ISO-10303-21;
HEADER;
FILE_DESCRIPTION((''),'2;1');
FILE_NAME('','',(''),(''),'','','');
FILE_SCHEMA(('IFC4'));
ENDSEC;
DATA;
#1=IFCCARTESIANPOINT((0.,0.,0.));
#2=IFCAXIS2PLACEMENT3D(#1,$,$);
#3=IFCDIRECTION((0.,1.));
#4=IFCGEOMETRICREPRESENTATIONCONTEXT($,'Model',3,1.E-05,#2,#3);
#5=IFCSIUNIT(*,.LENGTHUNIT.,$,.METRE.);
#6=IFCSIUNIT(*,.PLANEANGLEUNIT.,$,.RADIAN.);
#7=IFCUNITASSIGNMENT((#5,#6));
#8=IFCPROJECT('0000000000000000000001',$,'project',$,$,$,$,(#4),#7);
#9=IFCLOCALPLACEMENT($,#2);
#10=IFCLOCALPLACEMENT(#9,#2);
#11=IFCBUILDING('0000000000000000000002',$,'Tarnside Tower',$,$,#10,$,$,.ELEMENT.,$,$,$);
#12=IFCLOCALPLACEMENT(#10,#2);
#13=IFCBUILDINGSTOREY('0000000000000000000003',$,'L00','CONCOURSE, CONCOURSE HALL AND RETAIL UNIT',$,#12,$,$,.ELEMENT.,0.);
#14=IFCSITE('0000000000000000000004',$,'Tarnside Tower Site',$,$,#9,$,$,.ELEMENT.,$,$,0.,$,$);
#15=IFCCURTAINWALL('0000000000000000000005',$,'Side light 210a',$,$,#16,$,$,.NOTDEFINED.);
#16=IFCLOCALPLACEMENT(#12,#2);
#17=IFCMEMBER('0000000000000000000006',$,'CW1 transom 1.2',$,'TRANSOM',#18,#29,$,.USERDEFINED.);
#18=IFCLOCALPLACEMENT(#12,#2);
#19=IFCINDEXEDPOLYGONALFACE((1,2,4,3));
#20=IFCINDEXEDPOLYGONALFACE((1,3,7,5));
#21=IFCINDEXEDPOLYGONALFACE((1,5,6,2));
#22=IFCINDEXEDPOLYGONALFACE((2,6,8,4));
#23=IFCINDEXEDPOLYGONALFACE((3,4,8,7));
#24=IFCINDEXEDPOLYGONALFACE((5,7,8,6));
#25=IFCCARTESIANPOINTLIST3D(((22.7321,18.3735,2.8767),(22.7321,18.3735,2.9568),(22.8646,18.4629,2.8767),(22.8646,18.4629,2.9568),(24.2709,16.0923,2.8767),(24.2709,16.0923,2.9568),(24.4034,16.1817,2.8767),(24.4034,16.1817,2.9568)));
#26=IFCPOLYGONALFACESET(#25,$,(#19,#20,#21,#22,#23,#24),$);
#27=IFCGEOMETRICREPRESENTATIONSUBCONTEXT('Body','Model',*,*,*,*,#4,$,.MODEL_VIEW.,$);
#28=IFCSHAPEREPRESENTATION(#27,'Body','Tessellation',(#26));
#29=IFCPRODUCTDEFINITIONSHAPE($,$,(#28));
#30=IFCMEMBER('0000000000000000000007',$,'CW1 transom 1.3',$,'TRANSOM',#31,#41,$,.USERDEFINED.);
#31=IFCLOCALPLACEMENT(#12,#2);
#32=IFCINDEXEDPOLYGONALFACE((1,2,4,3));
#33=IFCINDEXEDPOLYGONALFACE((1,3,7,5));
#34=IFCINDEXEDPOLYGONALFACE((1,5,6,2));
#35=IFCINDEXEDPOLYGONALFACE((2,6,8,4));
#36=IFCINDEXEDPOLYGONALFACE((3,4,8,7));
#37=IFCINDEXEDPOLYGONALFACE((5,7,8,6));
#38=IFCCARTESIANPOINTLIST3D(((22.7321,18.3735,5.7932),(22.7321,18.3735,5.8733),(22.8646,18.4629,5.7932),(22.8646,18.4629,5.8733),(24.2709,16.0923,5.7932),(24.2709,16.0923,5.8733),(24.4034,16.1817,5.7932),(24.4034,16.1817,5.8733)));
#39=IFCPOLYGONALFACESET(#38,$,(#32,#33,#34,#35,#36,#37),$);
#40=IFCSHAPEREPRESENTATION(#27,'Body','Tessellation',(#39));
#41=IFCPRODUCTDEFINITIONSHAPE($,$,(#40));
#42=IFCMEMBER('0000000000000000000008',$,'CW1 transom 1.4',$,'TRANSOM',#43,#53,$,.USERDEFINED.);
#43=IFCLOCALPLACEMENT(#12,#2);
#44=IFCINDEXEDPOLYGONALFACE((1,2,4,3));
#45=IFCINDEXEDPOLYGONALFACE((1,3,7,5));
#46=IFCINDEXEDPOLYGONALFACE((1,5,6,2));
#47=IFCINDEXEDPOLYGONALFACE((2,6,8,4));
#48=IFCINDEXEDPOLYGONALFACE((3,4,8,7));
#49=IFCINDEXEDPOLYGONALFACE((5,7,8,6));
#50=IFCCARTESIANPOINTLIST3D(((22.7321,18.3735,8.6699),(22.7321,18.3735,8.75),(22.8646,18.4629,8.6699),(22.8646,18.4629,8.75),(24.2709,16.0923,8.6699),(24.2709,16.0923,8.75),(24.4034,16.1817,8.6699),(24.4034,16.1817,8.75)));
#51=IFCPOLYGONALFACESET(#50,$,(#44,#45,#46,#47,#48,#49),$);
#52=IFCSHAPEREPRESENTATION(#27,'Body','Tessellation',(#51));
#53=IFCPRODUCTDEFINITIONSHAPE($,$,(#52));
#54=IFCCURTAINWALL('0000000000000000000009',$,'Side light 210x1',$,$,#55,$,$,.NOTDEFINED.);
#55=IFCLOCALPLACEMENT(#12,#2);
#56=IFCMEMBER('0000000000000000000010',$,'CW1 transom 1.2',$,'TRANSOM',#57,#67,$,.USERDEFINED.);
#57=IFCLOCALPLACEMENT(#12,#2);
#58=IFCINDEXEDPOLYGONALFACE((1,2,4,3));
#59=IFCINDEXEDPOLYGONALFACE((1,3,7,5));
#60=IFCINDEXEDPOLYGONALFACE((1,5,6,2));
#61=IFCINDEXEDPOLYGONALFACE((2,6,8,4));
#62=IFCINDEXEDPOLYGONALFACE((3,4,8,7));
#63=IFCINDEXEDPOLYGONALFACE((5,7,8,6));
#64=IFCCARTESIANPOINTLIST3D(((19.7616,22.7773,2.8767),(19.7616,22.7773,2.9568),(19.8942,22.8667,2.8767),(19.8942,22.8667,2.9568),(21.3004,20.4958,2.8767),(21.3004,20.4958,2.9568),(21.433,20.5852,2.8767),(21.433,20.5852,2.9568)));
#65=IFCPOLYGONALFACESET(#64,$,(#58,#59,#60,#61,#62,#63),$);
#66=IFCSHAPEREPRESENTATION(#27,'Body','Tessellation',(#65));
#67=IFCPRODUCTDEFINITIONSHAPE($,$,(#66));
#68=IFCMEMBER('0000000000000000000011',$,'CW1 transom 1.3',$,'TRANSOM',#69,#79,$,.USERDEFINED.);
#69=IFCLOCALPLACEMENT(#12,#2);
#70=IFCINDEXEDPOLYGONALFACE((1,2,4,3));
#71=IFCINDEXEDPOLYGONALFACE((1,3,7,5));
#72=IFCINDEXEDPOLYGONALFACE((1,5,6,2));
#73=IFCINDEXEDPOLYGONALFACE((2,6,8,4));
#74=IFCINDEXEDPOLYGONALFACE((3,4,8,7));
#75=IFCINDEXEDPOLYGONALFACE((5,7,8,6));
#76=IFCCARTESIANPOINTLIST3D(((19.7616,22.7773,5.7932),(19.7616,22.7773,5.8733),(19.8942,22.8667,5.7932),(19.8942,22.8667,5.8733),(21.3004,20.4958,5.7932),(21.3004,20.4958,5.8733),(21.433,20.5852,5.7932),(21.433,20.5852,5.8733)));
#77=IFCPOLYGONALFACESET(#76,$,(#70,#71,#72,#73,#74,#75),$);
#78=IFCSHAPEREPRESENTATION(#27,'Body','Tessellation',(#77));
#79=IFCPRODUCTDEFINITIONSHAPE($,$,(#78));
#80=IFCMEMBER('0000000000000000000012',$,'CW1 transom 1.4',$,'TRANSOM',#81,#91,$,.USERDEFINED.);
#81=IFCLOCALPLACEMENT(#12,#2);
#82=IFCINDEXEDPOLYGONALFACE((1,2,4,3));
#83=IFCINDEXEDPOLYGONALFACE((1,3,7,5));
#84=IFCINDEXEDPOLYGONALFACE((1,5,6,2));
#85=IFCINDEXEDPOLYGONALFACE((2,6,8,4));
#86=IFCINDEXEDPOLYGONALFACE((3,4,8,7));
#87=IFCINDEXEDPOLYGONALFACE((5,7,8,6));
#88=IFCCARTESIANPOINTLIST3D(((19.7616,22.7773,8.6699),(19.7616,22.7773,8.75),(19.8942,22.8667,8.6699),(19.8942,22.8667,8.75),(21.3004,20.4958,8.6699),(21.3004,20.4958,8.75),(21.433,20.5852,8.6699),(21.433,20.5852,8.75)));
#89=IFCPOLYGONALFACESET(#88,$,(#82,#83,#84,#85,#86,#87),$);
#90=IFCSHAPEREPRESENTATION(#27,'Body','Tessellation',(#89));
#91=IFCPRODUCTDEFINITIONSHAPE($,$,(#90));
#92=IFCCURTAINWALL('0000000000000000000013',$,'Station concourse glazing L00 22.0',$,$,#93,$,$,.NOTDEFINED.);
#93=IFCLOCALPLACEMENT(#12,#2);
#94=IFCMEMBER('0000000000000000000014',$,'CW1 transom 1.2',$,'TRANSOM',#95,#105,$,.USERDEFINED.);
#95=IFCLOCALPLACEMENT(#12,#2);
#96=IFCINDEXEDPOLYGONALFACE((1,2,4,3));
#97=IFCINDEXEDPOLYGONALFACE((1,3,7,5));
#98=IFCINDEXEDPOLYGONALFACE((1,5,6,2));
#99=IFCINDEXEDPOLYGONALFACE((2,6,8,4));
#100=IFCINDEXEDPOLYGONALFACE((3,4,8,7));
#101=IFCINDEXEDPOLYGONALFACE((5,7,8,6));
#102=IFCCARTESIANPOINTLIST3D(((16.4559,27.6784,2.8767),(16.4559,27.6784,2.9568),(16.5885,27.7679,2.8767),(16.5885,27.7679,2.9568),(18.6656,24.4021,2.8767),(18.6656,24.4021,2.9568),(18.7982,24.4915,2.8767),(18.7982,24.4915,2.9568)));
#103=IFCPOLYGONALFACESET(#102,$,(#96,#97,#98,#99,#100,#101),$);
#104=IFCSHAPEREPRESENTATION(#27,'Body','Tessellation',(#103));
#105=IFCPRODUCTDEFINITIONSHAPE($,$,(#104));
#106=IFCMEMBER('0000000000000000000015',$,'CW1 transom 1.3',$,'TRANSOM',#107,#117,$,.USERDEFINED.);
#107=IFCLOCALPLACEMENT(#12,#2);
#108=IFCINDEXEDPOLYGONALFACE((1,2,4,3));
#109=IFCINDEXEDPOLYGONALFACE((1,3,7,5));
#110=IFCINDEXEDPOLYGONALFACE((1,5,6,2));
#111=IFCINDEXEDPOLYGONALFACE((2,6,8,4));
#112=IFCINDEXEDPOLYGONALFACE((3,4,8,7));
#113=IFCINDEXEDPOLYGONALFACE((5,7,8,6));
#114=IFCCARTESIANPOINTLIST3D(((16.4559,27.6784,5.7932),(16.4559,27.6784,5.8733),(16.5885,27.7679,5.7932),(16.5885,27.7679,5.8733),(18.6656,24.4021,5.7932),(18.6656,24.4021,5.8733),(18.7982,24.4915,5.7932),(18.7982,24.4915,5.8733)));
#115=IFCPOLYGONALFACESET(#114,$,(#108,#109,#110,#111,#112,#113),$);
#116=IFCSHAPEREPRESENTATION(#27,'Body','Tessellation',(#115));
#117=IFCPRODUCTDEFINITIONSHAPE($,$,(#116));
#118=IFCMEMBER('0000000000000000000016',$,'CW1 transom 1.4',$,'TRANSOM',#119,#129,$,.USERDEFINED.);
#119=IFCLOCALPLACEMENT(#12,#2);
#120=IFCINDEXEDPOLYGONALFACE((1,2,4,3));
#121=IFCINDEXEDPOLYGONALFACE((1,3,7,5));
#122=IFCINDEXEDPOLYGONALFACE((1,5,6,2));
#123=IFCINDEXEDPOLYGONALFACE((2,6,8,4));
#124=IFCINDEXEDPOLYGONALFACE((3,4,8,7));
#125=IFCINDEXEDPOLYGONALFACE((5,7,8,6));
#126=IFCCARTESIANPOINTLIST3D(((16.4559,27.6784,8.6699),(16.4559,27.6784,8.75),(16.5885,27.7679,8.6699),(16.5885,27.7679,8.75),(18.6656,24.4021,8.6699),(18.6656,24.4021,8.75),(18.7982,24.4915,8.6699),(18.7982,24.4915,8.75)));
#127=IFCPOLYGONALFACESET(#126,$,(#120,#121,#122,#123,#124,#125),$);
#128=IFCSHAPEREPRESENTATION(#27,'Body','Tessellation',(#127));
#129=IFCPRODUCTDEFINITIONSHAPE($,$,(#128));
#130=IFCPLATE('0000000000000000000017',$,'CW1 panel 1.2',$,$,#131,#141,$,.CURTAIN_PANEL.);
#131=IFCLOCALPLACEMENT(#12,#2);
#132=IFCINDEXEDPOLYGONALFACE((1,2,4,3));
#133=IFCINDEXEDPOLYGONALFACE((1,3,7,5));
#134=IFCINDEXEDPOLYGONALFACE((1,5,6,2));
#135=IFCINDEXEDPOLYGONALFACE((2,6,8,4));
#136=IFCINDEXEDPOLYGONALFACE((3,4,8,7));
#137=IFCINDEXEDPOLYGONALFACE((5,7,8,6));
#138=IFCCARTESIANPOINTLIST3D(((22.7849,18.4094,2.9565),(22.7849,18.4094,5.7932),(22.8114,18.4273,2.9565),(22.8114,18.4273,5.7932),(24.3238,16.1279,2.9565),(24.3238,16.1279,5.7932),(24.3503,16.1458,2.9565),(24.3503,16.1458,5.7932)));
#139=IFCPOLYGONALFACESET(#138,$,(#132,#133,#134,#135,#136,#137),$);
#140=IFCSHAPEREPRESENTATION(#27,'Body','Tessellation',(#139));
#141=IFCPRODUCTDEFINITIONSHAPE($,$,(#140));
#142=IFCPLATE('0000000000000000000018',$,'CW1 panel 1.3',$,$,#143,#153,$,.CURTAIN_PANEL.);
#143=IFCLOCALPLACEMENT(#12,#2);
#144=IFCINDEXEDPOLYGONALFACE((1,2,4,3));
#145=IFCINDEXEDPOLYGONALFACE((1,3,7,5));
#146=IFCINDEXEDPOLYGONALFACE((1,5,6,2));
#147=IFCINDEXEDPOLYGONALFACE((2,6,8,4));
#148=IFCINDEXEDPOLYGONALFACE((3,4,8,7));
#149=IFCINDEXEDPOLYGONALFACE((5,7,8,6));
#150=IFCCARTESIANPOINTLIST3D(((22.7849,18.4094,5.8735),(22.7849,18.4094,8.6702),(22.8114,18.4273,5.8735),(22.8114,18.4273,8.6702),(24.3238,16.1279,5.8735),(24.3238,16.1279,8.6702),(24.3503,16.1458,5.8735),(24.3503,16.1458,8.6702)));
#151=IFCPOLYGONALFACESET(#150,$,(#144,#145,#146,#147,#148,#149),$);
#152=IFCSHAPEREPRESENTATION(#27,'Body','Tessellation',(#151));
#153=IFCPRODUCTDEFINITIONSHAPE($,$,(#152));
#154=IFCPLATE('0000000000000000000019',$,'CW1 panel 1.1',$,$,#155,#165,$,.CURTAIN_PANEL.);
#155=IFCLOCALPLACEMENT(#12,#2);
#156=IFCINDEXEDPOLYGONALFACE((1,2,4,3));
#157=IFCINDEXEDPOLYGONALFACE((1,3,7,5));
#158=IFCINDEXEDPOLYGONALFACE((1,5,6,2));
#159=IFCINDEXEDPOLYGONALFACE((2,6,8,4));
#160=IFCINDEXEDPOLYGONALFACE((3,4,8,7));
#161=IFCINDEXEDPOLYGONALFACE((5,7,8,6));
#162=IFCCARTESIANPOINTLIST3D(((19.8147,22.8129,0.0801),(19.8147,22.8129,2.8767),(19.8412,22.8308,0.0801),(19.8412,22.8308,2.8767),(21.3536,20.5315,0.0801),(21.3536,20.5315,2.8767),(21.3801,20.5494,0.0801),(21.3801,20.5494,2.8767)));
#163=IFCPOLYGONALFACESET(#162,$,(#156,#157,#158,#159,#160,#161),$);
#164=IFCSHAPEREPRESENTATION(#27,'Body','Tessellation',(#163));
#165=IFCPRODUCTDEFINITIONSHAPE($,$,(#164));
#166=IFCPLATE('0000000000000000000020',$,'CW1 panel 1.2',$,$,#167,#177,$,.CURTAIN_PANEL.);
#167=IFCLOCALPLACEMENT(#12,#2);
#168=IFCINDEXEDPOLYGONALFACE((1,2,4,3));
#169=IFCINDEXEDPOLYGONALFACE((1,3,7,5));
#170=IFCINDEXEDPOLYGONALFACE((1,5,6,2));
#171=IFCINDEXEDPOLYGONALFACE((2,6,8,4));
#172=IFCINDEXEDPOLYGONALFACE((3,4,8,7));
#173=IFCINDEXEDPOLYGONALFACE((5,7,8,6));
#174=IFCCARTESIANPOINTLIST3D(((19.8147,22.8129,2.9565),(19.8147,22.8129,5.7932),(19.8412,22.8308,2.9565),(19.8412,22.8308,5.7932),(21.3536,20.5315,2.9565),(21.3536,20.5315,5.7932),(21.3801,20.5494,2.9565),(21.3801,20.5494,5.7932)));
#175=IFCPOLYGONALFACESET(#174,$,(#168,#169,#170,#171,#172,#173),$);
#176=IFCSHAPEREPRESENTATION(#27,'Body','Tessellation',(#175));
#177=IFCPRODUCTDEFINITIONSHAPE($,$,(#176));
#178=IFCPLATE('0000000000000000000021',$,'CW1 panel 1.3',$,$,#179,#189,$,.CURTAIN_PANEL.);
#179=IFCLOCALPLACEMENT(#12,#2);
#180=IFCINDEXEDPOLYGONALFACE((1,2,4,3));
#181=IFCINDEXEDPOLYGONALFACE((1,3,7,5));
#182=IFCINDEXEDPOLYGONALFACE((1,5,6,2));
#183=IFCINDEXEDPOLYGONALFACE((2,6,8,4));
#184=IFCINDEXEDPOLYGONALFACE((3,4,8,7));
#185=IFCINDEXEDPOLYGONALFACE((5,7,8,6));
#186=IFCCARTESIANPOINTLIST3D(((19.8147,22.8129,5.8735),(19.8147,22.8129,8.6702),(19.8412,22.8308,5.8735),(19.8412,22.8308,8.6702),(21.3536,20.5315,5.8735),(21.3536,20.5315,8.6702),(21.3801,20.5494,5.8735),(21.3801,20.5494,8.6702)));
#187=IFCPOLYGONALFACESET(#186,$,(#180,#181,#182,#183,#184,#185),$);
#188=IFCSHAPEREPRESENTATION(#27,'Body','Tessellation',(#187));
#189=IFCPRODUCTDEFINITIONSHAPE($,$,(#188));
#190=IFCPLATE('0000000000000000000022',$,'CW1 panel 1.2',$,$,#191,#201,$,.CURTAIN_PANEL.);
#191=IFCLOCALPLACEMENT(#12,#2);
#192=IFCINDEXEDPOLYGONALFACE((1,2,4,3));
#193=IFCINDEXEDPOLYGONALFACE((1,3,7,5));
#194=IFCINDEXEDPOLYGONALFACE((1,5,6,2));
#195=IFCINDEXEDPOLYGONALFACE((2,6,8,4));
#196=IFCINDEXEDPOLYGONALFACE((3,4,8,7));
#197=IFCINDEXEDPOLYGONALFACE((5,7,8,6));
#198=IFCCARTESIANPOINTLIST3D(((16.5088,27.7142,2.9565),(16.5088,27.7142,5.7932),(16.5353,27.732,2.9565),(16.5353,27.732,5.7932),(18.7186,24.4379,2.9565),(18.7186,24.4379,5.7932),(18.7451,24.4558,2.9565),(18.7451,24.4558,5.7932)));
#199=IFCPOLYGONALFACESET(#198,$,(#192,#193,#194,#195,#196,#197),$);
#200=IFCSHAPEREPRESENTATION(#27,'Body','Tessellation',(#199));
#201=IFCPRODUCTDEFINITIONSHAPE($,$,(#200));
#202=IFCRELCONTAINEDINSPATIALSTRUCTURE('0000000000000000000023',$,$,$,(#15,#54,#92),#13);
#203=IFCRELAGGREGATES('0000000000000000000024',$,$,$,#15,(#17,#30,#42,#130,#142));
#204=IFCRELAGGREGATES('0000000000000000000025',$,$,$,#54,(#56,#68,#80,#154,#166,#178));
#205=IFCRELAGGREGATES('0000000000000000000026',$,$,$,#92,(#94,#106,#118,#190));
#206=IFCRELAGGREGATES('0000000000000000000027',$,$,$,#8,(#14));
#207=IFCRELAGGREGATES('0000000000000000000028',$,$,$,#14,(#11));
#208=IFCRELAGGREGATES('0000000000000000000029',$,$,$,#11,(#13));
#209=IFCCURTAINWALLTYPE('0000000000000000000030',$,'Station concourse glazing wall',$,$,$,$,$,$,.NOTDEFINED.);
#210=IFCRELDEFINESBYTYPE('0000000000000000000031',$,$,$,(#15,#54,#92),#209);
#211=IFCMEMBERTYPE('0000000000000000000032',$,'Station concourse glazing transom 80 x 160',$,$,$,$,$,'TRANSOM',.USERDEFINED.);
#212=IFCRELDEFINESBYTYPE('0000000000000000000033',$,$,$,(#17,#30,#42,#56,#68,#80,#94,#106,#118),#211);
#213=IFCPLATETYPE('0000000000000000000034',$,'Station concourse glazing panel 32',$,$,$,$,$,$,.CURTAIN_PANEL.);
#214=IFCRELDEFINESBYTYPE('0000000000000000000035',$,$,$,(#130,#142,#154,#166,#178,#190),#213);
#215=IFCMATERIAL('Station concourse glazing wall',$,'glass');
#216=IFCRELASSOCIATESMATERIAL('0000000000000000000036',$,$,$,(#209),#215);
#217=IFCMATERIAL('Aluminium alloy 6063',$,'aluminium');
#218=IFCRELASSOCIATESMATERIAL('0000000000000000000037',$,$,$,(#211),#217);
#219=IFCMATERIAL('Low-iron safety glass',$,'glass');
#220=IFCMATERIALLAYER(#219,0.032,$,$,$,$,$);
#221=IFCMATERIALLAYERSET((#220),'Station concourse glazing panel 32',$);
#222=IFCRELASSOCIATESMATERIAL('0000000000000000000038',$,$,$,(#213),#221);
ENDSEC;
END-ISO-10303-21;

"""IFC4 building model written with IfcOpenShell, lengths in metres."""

from ifc_helpers import new_model, si_unit, direction, frame, origin, origin_2d, place, context, subcontext, project, spatial, rectangle, extrude, material, layer, layer_set, material_profile, profile_set, type_object, element, aggregate, save


model = new_model("IFC4")

# Units and contexts
model_context = context("Model", 3, precision=1e-05, world=origin(), true_north=direction((0.0, 1.0)))
body_context = subcontext(model_context, "Body", "Model", "MODEL_VIEW")
ifc_project = project(units=[si_unit("LENGTHUNIT", "METRE"), si_unit("PLANEANGLEUNIT", "RADIAN")], contexts=[model_context])

# Site, building, storey
site_placement = place(None, origin())
site = spatial("IfcSite", under=ifc_project, at=site_placement, Name="Tarnside Tower Site", CompositionType="ELEMENT", RefElevation=0.0)
building_placement = place(site_placement, origin())
building = spatial("IfcBuilding", under=site, at=building_placement, Name="Tarnside Tower", CompositionType="ELEMENT")
storey_placement = place(building_placement, origin())
storey = spatial("IfcBuildingStorey", under=building, at=storey_placement, Name="L00", Description="CONCOURSE, CONCOURSE HALL AND RETAIL UNIT", CompositionType="ELEMENT", Elevation=0.0)

# Curtain walls, members
ifc_material_1 = material(Name="Station concourse glazing wall", Category="glass")
curtain_wall_type = type_object("IfcCurtainWallType", Name="Station concourse glazing wall", PredefinedType="NOTDEFINED", material=ifc_material_1)
curtain_wall_1_placement = place(storey_placement, origin())
curtain_wall_1 = element("IfcCurtainWall", 1, at=curtain_wall_1_placement, inside=storey, type_object=curtain_wall_type, Name="Side light 210a", PredefinedType="NOTDEFINED")
ifc_material_2 = material(Name="Aluminium alloy 6063", Category="aluminium")
ifc_material_profile_1 = material_profile(ifc_material_2, rectangle(XDim=0.1599, YDim=0.0801, at=origin_2d()), Name="Station concourse glazing transom 80 x 160")
ifc_profile_set_1 = profile_set([ifc_material_profile_1], Name="Aluminium alloy 6063")
member_type = type_object("IfcMemberType", Name="Station concourse glazing transom 80 x 160", ElementType="TRANSOM", PredefinedType="USERDEFINED", material=ifc_profile_set_1)
member_1_placement = place(storey_placement, frame((24.3372, 16.137, 2.9167), z_axis=(-0.559217, 0.829021, 0.0), x_axis=(-0.829021, -0.559217, 0.0)))
member_1 = element("IfcMember", 2, at=member_1_placement, type_object=member_type, Name="CW1 transom 1.2", ObjectType="TRANSOM", PredefinedType="USERDEFINED", context=body_context, shape_type="SweptSolid", body=[
    extrude(rectangle(XDim=0.1599, YDim=0.0801, at=origin_2d()), origin(), (0.0, 0.0, 1.0), 2.7517),
])
member_2_placement = place(storey_placement, frame((24.3372, 16.137, 5.8333), z_axis=(-0.559217, 0.829021, 0.0), x_axis=(-0.829021, -0.559217, 0.0)))
member_2 = element("IfcMember", 3, at=member_2_placement, type_object=member_type, Name="CW1 transom 1.3", ObjectType="TRANSOM", PredefinedType="USERDEFINED", context=body_context, shape_type="SweptSolid", body=[
    extrude(rectangle(XDim=0.1599, YDim=0.0801, at=origin_2d()), origin(), (0.0, 0.0, 1.0), 2.7517),
])
member_3_placement = place(storey_placement, frame((24.3372, 16.137, 8.71), z_axis=(-0.559217, 0.829021, 0.0), x_axis=(-0.829021, -0.559217, 0.0)))
member_3 = element("IfcMember", 4, at=member_3_placement, type_object=member_type, Name="CW1 transom 1.4", ObjectType="TRANSOM", PredefinedType="USERDEFINED", context=body_context, shape_type="SweptSolid", body=[
    extrude(rectangle(XDim=0.1599, YDim=0.0801, at=origin_2d()), origin(), (0.0, 0.0, 1.0), 2.7517),
])
curtain_wall_2_placement = place(storey_placement, origin())
curtain_wall_2 = element("IfcCurtainWall", 5, at=curtain_wall_2_placement, inside=storey, type_object=curtain_wall_type, Name="Side light 210x1", PredefinedType="NOTDEFINED")
member_4_placement = place(storey_placement, frame((21.3667, 20.5405, 2.9167), z_axis=(-0.559176, 0.829049, 0.0), x_axis=(-0.829049, -0.559176, 0.0)))
member_4 = element("IfcMember", 6, at=member_4_placement, type_object=member_type, Name="CW1 transom 1.2", ObjectType="TRANSOM", PredefinedType="USERDEFINED", context=body_context, shape_type="SweptSolid", body=[
    extrude(rectangle(XDim=0.1599, YDim=0.0801, at=origin_2d()), origin(), (0.0, 0.0, 1.0), 2.752),
])
member_5_placement = place(storey_placement, frame((21.3667, 20.5405, 5.8333), z_axis=(-0.559176, 0.829049, 0.0), x_axis=(-0.829049, -0.559176, 0.0)))
member_5 = element("IfcMember", 7, at=member_5_placement, type_object=member_type, Name="CW1 transom 1.3", ObjectType="TRANSOM", PredefinedType="USERDEFINED", context=body_context, shape_type="SweptSolid", body=[
    extrude(rectangle(XDim=0.1599, YDim=0.0801, at=origin_2d()), origin(), (0.0, 0.0, 1.0), 2.752),
])
member_6_placement = place(storey_placement, frame((21.3667, 20.5405, 8.71), z_axis=(-0.559176, 0.829049, 0.0), x_axis=(-0.829049, -0.559176, 0.0)))
member_6 = element("IfcMember", 8, at=member_6_placement, type_object=member_type, Name="CW1 transom 1.4", ObjectType="TRANSOM", PredefinedType="USERDEFINED", context=body_context, shape_type="SweptSolid", body=[
    extrude(rectangle(XDim=0.1599, YDim=0.0801, at=origin_2d()), origin(), (0.0, 0.0, 1.0), 2.752),
])
curtain_wall_3_placement = place(storey_placement, origin())
curtain_wall_3 = element("IfcCurtainWall", 9, at=curtain_wall_3_placement, inside=storey, type_object=curtain_wall_type, Name="Station concourse glazing L00 22.0", PredefinedType="NOTDEFINED")
member_7_placement = place(storey_placement, frame((18.7319, 24.4468, 2.9167), z_axis=(-0.559155, 0.829063, 0.0), x_axis=(-0.829063, -0.559155, 0.0)))
member_7 = element("IfcMember", 10, at=member_7_placement, type_object=member_type, Name="CW1 transom 1.2", ObjectType="TRANSOM", PredefinedType="USERDEFINED", context=body_context, shape_type="SweptSolid", body=[
    extrude(rectangle(XDim=0.1599, YDim=0.0801, at=origin_2d()), origin(), (0.0, 0.0, 1.0), 3.9519),
])
member_8_placement = place(storey_placement, frame((18.7319, 24.4468, 5.8333), z_axis=(-0.559155, 0.829063, 0.0), x_axis=(-0.829063, -0.559155, 0.0)))
member_8 = element("IfcMember", 11, at=member_8_placement, type_object=member_type, Name="CW1 transom 1.3", ObjectType="TRANSOM", PredefinedType="USERDEFINED", context=body_context, shape_type="SweptSolid", body=[
    extrude(rectangle(XDim=0.1599, YDim=0.0801, at=origin_2d()), origin(), (0.0, 0.0, 1.0), 3.9519),
])
member_9_placement = place(storey_placement, frame((18.7319, 24.4468, 8.71), z_axis=(-0.559155, 0.829063, 0.0), x_axis=(-0.829063, -0.559155, 0.0)))
member_9 = element("IfcMember", 12, at=member_9_placement, type_object=member_type, Name="CW1 transom 1.4", ObjectType="TRANSOM", PredefinedType="USERDEFINED", context=body_context, shape_type="SweptSolid", body=[
    extrude(rectangle(XDim=0.1599, YDim=0.0801, at=origin_2d()), origin(), (0.0, 0.0, 1.0), 3.9519),
])

# Plates
ifc_material_3 = material(Name="Low-iron safety glass", Category="glass")
ifc_layer = layer(ifc_material_3, 0.032)
ifc_layer_set = layer_set([ifc_layer], Name="Station concourse glazing panel 32")
plate_type = type_object("IfcPlateType", Name="Station concourse glazing panel 32", PredefinedType="CURTAIN_PANEL", material=ifc_layer_set)
plate_1_placement = place(storey_placement, frame((23.5676, 17.2776, 2.9565), z_axis=(0.0, 0.0, 1.0), x_axis=(-0.559193, 0.829038, 0.0)))
plate_1 = element("IfcPlate", 13, at=plate_1_placement, type_object=plate_type, Name="CW1 panel 1.2", PredefinedType="CURTAIN_PANEL", context=body_context, shape_type="SweptSolid", body=[
    extrude(rectangle(XDim=2.752, YDim=0.032, at=origin_2d()), origin(), (0.0, 0.0, 1.0), 2.8367),
])
plate_2_placement = place(storey_placement, frame((23.5676, 17.2776, 5.8735), z_axis=(0.0, 0.0, 1.0), x_axis=(-0.559193, 0.829038, 0.0)))
plate_2 = element("IfcPlate", 14, at=plate_2_placement, type_object=plate_type, Name="CW1 panel 1.3", PredefinedType="CURTAIN_PANEL", context=body_context, shape_type="SweptSolid", body=[
    extrude(rectangle(XDim=2.752, YDim=0.032, at=origin_2d()), origin(), (0.0, 0.0, 1.0), 2.7966),
])
aggregate(curtain_wall_1, [member_1, member_2, member_3, plate_1, plate_2])
plate_3_placement = place(storey_placement, frame((20.5974, 21.6812, 0.0801), z_axis=(0.0, 0.0, 1.0), x_axis=(-0.559193, 0.829038, 0.0)))
plate_3 = element("IfcPlate", 15, at=plate_3_placement, type_object=plate_type, Name="CW1 panel 1.1", PredefinedType="CURTAIN_PANEL", context=body_context, shape_type="SweptSolid", body=[
    extrude(rectangle(XDim=2.752, YDim=0.032, at=origin_2d()), origin(), (0.0, 0.0, 1.0), 2.7966),
])
plate_4_placement = place(storey_placement, frame((20.5974, 21.6812, 2.9565), z_axis=(0.0, 0.0, 1.0), x_axis=(-0.559193, 0.829038, 0.0)))
plate_4 = element("IfcPlate", 16, at=plate_4_placement, type_object=plate_type, Name="CW1 panel 1.2", PredefinedType="CURTAIN_PANEL", context=body_context, shape_type="SweptSolid", body=[
    extrude(rectangle(XDim=2.752, YDim=0.032, at=origin_2d()), origin(), (0.0, 0.0, 1.0), 2.8367),
])
plate_5_placement = place(storey_placement, frame((20.5974, 21.6812, 5.8735), z_axis=(0.0, 0.0, 1.0), x_axis=(-0.559193, 0.829038, 0.0)))
plate_5 = element("IfcPlate", 17, at=plate_5_placement, type_object=plate_type, Name="CW1 panel 1.3", PredefinedType="CURTAIN_PANEL", context=body_context, shape_type="SweptSolid", body=[
    extrude(rectangle(XDim=2.752, YDim=0.032, at=origin_2d()), origin(), (0.0, 0.0, 1.0), 2.7966),
])
aggregate(curtain_wall_2, [member_4, member_5, member_6, plate_3, plate_4, plate_5])
plate_6_placement = place(storey_placement, frame((17.627, 26.085, 2.9565), z_axis=(0.0, 0.0, 1.0), x_axis=(-0.559193, 0.829038, 0.0)))
plate_6 = element("IfcPlate", 18, at=plate_6_placement, type_object=plate_type, Name="CW1 panel 1.2", PredefinedType="CURTAIN_PANEL", context=body_context, shape_type="SweptSolid", body=[
    extrude(rectangle(XDim=3.9519, YDim=0.032, at=origin_2d()), origin(), (0.0, 0.0, 1.0), 2.8367),
])
aggregate(curtain_wall_3, [member_7, member_8, member_9, plate_6])

save(model, "model.ifc")
